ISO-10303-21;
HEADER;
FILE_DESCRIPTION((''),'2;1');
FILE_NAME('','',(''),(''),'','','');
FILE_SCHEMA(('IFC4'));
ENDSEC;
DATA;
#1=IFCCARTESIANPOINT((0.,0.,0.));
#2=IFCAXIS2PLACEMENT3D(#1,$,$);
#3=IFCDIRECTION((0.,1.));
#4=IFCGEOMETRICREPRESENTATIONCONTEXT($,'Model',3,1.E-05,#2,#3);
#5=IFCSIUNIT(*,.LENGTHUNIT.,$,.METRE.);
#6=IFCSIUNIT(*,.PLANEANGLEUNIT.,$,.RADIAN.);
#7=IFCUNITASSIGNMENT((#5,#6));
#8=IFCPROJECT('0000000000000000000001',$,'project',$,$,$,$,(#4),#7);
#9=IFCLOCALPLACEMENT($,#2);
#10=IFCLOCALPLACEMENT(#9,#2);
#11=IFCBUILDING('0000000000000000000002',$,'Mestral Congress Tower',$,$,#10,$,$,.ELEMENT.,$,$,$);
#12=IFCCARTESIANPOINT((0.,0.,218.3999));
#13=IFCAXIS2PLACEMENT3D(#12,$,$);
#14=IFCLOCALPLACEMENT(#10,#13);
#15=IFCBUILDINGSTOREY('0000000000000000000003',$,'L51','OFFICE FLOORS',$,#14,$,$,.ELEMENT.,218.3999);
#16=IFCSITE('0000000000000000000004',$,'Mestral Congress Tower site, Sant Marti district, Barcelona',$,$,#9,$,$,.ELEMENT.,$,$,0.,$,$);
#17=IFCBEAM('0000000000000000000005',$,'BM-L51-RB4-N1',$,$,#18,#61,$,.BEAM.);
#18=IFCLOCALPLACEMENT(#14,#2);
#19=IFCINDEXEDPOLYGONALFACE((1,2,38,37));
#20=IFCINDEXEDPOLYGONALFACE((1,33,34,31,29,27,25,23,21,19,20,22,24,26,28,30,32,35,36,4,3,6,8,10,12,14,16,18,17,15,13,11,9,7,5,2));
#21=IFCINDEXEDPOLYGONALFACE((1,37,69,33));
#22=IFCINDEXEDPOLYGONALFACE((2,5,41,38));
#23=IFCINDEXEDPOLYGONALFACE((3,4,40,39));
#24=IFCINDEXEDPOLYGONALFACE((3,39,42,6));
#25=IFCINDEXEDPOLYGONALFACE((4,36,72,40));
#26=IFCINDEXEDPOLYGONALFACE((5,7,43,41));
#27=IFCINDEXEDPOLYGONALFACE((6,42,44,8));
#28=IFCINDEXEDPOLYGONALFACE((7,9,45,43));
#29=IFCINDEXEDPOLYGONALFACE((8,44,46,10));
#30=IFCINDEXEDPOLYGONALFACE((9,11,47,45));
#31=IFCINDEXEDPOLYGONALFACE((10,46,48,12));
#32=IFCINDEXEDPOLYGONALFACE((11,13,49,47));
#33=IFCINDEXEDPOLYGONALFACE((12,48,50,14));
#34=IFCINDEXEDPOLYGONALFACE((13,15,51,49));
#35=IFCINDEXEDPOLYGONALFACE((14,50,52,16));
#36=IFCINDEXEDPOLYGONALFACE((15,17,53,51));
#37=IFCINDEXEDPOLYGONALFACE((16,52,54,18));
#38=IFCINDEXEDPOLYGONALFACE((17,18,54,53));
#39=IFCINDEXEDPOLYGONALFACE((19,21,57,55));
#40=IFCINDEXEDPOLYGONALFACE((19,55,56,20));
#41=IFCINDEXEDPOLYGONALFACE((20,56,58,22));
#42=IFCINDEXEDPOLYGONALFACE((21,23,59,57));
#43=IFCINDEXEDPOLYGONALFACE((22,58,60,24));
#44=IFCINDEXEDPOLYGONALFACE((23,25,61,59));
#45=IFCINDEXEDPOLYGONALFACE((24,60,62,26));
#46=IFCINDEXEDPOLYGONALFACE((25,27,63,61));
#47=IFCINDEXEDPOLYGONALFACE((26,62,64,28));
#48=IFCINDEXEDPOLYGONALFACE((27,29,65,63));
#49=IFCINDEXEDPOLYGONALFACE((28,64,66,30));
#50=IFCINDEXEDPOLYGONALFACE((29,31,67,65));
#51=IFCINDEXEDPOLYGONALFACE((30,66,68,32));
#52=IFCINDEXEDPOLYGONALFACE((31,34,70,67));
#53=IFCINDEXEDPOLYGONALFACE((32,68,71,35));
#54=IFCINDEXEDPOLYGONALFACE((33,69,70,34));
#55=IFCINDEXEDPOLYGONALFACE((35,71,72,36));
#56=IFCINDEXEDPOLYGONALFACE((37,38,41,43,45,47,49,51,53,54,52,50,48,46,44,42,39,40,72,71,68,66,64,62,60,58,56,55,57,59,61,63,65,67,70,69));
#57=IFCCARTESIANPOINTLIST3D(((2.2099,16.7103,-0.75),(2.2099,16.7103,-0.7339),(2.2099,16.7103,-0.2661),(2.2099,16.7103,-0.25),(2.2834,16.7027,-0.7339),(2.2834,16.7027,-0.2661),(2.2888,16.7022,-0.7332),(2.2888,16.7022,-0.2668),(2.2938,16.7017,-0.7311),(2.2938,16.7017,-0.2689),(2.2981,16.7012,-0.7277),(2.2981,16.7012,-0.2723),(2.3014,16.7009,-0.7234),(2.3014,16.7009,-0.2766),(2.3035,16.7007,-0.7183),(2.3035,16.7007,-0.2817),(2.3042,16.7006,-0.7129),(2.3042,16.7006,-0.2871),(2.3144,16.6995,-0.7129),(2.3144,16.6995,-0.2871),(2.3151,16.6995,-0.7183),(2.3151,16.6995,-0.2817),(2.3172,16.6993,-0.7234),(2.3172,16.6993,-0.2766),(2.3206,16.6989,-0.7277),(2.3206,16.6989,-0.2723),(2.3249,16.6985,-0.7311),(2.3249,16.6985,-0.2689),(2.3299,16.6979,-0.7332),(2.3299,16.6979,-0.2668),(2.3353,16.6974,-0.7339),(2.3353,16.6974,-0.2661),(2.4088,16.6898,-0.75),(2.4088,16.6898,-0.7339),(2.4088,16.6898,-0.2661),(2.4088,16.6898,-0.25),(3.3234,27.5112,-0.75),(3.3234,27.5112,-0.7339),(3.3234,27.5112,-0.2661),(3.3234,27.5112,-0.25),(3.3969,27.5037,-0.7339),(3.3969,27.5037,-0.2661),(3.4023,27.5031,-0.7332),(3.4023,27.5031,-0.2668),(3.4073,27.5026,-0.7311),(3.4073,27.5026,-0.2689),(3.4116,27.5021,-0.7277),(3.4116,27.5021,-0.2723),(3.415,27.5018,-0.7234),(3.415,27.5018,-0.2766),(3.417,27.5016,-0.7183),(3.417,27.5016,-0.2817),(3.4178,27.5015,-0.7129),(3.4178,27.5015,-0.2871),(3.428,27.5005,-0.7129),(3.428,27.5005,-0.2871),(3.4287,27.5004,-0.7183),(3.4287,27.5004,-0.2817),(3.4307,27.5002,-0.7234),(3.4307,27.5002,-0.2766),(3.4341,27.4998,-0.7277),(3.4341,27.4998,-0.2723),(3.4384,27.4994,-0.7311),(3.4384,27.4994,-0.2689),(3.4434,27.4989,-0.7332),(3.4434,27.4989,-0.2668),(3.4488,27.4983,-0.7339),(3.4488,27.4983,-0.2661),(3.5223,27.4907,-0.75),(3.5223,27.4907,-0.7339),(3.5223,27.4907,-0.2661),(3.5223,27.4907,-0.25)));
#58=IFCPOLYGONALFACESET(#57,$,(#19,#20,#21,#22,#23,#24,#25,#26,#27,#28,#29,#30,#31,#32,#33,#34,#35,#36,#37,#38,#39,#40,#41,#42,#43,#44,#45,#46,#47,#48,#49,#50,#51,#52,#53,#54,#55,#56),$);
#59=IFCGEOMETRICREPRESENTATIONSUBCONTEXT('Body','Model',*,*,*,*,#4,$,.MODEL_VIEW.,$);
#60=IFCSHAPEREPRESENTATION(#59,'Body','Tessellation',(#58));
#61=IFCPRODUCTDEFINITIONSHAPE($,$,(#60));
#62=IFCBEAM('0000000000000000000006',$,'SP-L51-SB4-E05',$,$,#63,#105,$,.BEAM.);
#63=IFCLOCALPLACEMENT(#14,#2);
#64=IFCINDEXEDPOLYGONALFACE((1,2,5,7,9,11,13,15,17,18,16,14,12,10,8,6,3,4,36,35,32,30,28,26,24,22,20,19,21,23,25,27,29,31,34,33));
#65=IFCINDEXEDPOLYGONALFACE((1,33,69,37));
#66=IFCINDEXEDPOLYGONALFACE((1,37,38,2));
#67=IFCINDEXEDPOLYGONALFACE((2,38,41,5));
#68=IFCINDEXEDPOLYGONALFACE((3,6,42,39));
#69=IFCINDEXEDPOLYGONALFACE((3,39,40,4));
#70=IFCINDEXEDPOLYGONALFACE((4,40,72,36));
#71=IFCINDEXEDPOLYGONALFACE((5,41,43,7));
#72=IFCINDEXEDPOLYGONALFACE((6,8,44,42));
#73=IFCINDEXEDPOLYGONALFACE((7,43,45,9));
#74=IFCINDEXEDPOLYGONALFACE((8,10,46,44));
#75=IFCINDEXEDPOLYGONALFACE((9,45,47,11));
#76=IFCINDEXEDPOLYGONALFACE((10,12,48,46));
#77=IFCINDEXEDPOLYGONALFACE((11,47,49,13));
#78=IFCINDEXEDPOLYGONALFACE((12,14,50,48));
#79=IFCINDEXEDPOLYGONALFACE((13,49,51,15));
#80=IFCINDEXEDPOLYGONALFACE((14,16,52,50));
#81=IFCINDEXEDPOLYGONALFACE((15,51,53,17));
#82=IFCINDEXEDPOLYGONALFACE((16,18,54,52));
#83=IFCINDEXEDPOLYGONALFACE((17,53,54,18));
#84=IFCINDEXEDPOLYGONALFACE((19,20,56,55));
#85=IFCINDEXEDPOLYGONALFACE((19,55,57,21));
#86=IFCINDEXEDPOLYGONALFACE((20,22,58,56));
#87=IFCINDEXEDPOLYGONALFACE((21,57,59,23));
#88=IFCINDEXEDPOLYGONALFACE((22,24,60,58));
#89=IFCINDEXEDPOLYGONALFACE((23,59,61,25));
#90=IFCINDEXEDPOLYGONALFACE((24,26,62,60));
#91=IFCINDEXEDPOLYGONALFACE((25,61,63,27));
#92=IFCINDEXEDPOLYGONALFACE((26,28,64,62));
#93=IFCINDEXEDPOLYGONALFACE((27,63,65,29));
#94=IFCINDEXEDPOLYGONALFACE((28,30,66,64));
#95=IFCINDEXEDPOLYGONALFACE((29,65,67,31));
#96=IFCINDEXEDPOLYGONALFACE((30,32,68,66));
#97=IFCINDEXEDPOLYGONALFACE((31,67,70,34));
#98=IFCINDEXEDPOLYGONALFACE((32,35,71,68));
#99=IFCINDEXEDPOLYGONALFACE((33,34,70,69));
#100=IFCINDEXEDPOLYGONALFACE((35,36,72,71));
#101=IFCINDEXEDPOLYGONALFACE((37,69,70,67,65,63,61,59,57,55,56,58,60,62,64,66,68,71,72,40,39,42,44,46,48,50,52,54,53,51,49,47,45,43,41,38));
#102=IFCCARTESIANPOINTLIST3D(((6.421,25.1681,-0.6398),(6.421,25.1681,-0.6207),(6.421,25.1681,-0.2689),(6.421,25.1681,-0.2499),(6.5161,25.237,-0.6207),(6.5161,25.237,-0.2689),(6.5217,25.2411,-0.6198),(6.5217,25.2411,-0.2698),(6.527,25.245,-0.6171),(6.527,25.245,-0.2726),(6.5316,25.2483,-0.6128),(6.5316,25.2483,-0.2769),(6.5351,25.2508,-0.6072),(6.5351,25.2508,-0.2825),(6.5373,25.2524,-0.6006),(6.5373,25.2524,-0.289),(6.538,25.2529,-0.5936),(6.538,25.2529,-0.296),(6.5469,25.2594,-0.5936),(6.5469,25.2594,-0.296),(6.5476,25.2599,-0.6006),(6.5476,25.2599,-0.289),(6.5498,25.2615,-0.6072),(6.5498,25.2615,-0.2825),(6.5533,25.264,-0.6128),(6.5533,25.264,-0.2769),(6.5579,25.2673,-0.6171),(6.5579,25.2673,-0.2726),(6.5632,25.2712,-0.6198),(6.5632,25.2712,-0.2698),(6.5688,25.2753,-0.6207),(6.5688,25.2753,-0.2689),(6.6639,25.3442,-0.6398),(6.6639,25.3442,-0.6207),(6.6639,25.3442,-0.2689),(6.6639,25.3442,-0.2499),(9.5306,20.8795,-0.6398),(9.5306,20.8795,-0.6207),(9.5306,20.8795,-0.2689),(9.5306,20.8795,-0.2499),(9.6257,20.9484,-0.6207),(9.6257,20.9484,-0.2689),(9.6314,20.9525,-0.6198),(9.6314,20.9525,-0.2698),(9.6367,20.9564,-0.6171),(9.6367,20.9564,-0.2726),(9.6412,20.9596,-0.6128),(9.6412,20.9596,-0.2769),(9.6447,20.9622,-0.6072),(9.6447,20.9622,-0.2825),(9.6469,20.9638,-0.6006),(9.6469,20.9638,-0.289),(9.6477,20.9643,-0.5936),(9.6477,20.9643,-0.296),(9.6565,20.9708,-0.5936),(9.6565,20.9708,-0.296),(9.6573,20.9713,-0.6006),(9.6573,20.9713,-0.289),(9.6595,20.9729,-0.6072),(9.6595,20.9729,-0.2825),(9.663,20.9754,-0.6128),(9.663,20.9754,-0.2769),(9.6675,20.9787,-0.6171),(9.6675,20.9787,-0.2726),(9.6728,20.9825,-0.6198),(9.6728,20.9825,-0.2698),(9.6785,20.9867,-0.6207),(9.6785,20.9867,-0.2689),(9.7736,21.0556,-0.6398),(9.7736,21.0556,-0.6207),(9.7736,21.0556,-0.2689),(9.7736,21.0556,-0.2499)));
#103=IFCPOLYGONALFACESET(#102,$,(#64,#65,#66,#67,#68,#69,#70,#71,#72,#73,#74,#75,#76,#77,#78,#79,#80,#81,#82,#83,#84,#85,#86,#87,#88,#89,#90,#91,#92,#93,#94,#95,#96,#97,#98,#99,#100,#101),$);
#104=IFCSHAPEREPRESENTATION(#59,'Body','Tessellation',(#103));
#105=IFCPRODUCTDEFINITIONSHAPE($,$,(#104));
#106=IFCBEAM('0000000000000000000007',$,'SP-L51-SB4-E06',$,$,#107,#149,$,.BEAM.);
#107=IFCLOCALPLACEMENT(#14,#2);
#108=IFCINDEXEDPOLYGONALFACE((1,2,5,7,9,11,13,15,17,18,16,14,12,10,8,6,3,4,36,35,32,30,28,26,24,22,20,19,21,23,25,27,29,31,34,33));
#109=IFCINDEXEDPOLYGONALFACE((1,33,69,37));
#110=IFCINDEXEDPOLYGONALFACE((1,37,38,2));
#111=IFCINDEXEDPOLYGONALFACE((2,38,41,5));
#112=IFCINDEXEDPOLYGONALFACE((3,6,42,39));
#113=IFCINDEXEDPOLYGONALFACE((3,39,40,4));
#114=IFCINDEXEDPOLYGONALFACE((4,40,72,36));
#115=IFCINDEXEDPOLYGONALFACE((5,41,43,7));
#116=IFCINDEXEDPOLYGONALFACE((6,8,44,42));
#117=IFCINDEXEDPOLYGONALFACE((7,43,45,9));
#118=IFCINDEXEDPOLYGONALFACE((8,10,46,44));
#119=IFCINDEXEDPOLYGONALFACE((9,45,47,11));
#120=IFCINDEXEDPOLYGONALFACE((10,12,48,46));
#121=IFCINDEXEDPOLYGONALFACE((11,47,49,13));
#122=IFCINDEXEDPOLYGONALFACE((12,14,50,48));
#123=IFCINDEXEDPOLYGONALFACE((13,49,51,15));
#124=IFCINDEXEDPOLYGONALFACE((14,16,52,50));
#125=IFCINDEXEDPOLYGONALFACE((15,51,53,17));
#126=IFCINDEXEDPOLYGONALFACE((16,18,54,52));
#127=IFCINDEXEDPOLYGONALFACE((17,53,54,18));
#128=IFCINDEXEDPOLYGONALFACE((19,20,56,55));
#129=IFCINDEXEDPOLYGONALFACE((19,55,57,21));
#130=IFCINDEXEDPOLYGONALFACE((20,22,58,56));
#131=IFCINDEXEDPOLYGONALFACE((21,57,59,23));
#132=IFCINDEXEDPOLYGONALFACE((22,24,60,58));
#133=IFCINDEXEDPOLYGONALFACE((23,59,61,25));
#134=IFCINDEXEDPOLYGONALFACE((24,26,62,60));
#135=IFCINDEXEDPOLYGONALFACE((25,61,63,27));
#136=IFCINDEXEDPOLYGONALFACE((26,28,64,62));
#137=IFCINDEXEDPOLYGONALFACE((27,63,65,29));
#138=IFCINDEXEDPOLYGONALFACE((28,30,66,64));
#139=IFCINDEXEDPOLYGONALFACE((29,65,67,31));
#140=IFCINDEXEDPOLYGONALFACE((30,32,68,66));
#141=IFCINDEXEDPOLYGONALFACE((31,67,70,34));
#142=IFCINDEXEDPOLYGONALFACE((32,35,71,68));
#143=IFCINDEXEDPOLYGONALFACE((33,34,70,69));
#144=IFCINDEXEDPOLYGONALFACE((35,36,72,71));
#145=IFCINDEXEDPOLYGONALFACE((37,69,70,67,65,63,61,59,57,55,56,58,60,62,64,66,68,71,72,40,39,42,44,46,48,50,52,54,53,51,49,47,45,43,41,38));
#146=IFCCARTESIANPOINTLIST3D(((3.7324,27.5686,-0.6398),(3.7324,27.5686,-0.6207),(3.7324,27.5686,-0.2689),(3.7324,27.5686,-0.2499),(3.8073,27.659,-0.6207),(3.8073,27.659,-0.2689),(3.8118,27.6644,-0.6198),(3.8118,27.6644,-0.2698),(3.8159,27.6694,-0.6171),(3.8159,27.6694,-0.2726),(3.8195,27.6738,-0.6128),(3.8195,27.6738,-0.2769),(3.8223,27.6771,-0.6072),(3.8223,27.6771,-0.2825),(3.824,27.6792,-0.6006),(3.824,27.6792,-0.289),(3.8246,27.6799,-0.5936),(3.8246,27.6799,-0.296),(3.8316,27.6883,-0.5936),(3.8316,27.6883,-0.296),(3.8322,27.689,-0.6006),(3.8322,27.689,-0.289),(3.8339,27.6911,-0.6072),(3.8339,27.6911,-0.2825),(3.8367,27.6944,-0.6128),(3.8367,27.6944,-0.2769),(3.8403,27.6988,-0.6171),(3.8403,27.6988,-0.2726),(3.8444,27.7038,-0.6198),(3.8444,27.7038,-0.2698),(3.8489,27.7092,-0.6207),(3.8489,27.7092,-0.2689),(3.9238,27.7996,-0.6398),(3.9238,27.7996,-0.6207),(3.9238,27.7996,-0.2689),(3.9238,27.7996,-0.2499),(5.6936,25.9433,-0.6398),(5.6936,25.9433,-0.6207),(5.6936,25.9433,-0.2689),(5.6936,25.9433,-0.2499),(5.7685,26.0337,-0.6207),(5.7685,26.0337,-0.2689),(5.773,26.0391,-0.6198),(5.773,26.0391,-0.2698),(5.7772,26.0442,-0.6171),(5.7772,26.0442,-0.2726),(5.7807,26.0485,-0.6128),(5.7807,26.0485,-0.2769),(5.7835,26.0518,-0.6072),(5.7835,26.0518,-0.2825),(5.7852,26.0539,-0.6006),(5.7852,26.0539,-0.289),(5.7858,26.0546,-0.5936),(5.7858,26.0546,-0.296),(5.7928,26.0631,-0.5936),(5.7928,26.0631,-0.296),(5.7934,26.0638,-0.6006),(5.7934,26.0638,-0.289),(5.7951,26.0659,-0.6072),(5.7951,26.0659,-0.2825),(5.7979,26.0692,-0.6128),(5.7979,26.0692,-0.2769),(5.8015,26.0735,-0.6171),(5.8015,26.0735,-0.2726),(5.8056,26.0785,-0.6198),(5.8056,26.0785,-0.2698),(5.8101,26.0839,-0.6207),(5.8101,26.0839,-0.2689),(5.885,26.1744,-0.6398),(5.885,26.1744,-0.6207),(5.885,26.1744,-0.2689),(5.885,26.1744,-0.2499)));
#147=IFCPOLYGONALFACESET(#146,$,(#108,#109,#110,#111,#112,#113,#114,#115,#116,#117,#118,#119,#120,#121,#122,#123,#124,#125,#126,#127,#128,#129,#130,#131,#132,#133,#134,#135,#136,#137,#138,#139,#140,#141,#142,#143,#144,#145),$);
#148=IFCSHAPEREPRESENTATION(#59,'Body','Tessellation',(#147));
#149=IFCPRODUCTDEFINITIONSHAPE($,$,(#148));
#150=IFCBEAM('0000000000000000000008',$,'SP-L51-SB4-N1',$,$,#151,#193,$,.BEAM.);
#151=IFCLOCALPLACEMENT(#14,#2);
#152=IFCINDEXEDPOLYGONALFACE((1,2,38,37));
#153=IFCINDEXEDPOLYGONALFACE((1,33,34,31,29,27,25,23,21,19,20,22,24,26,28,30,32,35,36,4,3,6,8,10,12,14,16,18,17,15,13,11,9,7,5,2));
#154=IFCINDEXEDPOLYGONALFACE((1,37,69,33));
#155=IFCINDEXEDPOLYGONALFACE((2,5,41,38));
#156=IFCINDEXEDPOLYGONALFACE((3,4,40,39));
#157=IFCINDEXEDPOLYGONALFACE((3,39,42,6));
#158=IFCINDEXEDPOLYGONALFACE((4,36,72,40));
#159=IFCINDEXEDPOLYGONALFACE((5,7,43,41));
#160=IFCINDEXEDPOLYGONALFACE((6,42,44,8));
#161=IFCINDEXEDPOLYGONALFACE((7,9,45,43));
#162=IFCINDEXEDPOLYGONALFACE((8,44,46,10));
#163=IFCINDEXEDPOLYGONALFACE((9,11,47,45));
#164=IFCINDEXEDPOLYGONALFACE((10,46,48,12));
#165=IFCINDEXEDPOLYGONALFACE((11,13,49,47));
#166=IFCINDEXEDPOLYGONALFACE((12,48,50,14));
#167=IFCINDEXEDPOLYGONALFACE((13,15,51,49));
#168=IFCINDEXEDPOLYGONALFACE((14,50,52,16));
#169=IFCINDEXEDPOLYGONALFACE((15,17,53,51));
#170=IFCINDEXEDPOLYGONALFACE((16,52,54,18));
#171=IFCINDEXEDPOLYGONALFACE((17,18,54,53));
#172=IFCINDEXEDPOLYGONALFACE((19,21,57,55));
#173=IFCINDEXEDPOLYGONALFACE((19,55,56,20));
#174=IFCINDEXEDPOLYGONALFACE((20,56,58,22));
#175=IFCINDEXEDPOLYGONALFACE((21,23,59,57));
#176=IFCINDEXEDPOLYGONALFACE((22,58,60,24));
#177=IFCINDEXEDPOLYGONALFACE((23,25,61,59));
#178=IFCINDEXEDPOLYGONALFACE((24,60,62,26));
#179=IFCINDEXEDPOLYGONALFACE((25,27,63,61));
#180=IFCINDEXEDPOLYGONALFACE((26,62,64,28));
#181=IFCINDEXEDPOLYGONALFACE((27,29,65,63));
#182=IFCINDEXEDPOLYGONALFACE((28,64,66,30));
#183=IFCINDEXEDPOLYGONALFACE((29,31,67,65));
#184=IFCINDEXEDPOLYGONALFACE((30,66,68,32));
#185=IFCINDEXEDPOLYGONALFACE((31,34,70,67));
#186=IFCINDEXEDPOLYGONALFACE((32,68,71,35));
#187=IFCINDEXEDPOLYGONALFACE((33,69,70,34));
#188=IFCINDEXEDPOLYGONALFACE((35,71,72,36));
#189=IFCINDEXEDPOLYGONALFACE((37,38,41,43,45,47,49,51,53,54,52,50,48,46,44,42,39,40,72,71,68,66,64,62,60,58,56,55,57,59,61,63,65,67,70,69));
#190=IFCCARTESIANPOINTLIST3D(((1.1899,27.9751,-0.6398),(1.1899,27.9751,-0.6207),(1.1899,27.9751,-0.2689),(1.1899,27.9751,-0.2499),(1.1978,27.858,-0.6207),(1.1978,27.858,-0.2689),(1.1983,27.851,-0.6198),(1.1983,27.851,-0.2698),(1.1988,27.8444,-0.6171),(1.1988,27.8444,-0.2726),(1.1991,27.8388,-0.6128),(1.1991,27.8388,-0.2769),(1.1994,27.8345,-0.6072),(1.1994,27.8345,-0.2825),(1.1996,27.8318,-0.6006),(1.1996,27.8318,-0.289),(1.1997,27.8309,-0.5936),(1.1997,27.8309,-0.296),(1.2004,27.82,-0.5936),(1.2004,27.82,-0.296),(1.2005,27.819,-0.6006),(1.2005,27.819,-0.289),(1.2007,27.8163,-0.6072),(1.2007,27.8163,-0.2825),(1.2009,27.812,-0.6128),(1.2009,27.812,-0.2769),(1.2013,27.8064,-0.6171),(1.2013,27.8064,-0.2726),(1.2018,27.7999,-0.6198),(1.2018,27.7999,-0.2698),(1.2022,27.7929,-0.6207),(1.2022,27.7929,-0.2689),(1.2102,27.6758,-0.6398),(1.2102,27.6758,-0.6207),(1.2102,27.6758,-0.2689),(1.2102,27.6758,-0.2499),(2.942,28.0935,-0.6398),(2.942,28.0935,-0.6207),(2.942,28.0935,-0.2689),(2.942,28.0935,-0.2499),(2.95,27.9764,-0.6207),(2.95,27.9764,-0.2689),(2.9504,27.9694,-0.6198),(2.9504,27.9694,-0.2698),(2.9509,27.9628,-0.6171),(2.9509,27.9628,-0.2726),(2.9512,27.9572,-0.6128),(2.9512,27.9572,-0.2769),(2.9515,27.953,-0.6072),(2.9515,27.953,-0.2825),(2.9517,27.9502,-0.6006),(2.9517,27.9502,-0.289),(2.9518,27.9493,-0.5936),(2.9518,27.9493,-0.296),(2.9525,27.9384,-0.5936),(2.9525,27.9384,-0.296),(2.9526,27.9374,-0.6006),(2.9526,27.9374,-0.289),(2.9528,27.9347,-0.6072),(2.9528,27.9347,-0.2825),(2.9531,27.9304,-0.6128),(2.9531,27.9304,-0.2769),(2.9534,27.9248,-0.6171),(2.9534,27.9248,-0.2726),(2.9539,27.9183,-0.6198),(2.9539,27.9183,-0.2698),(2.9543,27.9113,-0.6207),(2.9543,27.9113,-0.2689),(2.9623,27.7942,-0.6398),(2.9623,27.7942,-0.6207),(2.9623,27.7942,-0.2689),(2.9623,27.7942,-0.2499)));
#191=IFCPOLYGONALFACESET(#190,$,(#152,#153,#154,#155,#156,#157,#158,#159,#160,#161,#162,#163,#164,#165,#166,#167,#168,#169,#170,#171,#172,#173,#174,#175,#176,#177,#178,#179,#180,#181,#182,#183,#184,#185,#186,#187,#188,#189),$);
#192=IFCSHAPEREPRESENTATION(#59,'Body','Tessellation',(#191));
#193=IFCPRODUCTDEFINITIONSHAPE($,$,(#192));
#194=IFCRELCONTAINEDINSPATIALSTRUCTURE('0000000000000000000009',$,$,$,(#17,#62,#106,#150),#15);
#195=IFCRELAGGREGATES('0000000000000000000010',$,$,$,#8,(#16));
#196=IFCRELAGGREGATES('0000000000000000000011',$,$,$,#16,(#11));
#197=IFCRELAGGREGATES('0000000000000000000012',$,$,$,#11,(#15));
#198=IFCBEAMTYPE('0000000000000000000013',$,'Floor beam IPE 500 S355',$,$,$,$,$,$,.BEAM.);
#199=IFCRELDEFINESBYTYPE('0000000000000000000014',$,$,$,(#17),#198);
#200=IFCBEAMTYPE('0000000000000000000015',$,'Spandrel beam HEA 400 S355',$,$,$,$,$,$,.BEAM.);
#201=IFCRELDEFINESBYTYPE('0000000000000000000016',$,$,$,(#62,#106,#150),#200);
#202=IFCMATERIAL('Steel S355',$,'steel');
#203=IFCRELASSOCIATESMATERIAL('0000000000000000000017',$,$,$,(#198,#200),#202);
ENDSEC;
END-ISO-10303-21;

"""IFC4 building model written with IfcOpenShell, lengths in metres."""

from ifc_helpers import new_model, si_unit, direction, frame, origin, origin_2d, place, context, subcontext, project, spatial, i_section, extrude, material, material_profile, profile_set, type_object, element, save


model = new_model("IFC4")

# Units and contexts
model_context = context("Model", 3, precision=1e-05, world=origin(), true_north=direction((0.0, 1.0)))
body_context = subcontext(model_context, "Body", "Model", "MODEL_VIEW")
ifc_project = project(units=[si_unit("LENGTHUNIT", "METRE"), si_unit("PLANEANGLEUNIT", "RADIAN")], contexts=[model_context])

# Site, building, storey
site_placement = place(None, origin())
site = spatial("IfcSite", under=ifc_project, at=site_placement, Name="Mestral Congress Tower site, Sant Marti district, Barcelona", CompositionType="ELEMENT", RefElevation=0.0)
building_placement = place(site_placement, origin())
building = spatial("IfcBuilding", under=site, at=building_placement, Name="Mestral Congress Tower", CompositionType="ELEMENT")
storey_placement = place(building_placement, frame((0.0, 0.0, 218.3999)))
storey = spatial("IfcBuildingStorey", under=building, at=storey_placement, Name="L51", Description="OFFICE FLOORS", CompositionType="ELEMENT", Elevation=218.3999)

# Beams
ifc_material_1 = material(Name="Steel S355", Category="steel")
ifc_material_profile_1 = material_profile(ifc_material_1, i_section(OverallWidth=0.2, OverallDepth=0.5, WebThickness=0.0103, FlangeThickness=0.0161, FilletRadius=0.021, at=origin_2d()), Name="IPE 500")
ifc_profile_set_1 = profile_set([ifc_material_profile_1], Name="Steel S355")
beam_type_1 = type_object("IfcBeamType", Name="Floor beam IPE 500 S355", PredefinedType="BEAM", material=ifc_profile_set_1)
beam_1_placement = place(storey_placement, frame((3.4229, 27.501, -0.5), z_axis=(-0.102551, -0.994728, 0.0), x_axis=(0.994728, -0.102551, 0.0)))
element("IfcBeam", 1, at=beam_1_placement, inside=storey, type_object=beam_type_1, Name="BM-L51-RB4-N1", PredefinedType="BEAM", context=body_context, shape_type="SweptSolid", body=[
    extrude(i_section(OverallWidth=0.2, OverallDepth=0.5, WebThickness=0.0103, FlangeThickness=0.0161, FilletRadius=0.021, at=origin_2d()), origin(), (0.0, 0.0, 1.0), 10.8582),
])
ifc_material_profile_2 = material_profile(ifc_material_1, i_section(OverallWidth=0.3, OverallDepth=0.3899, WebThickness=0.011, FlangeThickness=0.019, FilletRadius=0.0271, at=origin_2d()), Name="HEA 400")
ifc_profile_set_2 = profile_set([ifc_material_profile_2], Name="Steel S355")
beam_type_2 = type_object("IfcBeamType", Name="Spandrel beam HEA 400 S355", PredefinedType="BEAM", material=ifc_profile_set_2)
beam_2_placement = place(storey_placement, frame((9.6521, 20.9675, -0.4448), z_axis=(-0.587017, 0.809574, 0.0), x_axis=(-0.809574, -0.587017, 0.0)))
element("IfcBeam", 2, at=beam_2_placement, inside=storey, type_object=beam_type_2, Name="SP-L51-SB4-E05", PredefinedType="BEAM", context=body_context, shape_type="SweptSolid", body=[
    extrude(i_section(OverallWidth=0.3, OverallDepth=0.3899, WebThickness=0.011, FlangeThickness=0.019, FilletRadius=0.0271, at=origin_2d()), origin(), (0.0, 0.0, 1.0), 5.2974),
])
beam_3_placement = place(storey_placement, frame((5.7893, 26.0588, -0.4448), z_axis=(-0.76997, 0.63808, 0.0), x_axis=(-0.63808, -0.76997, 0.0)))
element("IfcBeam", 3, at=beam_3_placement, inside=storey, type_object=beam_type_2, Name="SP-L51-SB4-E06", PredefinedType="BEAM", context=body_context, shape_type="SweptSolid", body=[
    extrude(i_section(OverallWidth=0.3, OverallDepth=0.3899, WebThickness=0.011, FlangeThickness=0.019, FilletRadius=0.0271, at=origin_2d()), origin(), (0.0, 0.0, 1.0), 2.5471),
])
beam_4_placement = place(storey_placement, frame((2.9521, 27.9438, -0.4448), z_axis=(-0.997724, -0.067423, 0.0), x_axis=(0.067423, -0.997724, 0.0)))
element("IfcBeam", 4, at=beam_4_placement, inside=storey, type_object=beam_type_2, Name="SP-L51-SB4-N1", PredefinedType="BEAM", context=body_context, shape_type="SweptSolid", body=[
    extrude(i_section(OverallWidth=0.3, OverallDepth=0.3899, WebThickness=0.011, FlangeThickness=0.019, FilletRadius=0.0271, at=origin_2d()), origin(), (0.0, 0.0, 1.0), 1.7561),
])

save(model, "model.ifc")
